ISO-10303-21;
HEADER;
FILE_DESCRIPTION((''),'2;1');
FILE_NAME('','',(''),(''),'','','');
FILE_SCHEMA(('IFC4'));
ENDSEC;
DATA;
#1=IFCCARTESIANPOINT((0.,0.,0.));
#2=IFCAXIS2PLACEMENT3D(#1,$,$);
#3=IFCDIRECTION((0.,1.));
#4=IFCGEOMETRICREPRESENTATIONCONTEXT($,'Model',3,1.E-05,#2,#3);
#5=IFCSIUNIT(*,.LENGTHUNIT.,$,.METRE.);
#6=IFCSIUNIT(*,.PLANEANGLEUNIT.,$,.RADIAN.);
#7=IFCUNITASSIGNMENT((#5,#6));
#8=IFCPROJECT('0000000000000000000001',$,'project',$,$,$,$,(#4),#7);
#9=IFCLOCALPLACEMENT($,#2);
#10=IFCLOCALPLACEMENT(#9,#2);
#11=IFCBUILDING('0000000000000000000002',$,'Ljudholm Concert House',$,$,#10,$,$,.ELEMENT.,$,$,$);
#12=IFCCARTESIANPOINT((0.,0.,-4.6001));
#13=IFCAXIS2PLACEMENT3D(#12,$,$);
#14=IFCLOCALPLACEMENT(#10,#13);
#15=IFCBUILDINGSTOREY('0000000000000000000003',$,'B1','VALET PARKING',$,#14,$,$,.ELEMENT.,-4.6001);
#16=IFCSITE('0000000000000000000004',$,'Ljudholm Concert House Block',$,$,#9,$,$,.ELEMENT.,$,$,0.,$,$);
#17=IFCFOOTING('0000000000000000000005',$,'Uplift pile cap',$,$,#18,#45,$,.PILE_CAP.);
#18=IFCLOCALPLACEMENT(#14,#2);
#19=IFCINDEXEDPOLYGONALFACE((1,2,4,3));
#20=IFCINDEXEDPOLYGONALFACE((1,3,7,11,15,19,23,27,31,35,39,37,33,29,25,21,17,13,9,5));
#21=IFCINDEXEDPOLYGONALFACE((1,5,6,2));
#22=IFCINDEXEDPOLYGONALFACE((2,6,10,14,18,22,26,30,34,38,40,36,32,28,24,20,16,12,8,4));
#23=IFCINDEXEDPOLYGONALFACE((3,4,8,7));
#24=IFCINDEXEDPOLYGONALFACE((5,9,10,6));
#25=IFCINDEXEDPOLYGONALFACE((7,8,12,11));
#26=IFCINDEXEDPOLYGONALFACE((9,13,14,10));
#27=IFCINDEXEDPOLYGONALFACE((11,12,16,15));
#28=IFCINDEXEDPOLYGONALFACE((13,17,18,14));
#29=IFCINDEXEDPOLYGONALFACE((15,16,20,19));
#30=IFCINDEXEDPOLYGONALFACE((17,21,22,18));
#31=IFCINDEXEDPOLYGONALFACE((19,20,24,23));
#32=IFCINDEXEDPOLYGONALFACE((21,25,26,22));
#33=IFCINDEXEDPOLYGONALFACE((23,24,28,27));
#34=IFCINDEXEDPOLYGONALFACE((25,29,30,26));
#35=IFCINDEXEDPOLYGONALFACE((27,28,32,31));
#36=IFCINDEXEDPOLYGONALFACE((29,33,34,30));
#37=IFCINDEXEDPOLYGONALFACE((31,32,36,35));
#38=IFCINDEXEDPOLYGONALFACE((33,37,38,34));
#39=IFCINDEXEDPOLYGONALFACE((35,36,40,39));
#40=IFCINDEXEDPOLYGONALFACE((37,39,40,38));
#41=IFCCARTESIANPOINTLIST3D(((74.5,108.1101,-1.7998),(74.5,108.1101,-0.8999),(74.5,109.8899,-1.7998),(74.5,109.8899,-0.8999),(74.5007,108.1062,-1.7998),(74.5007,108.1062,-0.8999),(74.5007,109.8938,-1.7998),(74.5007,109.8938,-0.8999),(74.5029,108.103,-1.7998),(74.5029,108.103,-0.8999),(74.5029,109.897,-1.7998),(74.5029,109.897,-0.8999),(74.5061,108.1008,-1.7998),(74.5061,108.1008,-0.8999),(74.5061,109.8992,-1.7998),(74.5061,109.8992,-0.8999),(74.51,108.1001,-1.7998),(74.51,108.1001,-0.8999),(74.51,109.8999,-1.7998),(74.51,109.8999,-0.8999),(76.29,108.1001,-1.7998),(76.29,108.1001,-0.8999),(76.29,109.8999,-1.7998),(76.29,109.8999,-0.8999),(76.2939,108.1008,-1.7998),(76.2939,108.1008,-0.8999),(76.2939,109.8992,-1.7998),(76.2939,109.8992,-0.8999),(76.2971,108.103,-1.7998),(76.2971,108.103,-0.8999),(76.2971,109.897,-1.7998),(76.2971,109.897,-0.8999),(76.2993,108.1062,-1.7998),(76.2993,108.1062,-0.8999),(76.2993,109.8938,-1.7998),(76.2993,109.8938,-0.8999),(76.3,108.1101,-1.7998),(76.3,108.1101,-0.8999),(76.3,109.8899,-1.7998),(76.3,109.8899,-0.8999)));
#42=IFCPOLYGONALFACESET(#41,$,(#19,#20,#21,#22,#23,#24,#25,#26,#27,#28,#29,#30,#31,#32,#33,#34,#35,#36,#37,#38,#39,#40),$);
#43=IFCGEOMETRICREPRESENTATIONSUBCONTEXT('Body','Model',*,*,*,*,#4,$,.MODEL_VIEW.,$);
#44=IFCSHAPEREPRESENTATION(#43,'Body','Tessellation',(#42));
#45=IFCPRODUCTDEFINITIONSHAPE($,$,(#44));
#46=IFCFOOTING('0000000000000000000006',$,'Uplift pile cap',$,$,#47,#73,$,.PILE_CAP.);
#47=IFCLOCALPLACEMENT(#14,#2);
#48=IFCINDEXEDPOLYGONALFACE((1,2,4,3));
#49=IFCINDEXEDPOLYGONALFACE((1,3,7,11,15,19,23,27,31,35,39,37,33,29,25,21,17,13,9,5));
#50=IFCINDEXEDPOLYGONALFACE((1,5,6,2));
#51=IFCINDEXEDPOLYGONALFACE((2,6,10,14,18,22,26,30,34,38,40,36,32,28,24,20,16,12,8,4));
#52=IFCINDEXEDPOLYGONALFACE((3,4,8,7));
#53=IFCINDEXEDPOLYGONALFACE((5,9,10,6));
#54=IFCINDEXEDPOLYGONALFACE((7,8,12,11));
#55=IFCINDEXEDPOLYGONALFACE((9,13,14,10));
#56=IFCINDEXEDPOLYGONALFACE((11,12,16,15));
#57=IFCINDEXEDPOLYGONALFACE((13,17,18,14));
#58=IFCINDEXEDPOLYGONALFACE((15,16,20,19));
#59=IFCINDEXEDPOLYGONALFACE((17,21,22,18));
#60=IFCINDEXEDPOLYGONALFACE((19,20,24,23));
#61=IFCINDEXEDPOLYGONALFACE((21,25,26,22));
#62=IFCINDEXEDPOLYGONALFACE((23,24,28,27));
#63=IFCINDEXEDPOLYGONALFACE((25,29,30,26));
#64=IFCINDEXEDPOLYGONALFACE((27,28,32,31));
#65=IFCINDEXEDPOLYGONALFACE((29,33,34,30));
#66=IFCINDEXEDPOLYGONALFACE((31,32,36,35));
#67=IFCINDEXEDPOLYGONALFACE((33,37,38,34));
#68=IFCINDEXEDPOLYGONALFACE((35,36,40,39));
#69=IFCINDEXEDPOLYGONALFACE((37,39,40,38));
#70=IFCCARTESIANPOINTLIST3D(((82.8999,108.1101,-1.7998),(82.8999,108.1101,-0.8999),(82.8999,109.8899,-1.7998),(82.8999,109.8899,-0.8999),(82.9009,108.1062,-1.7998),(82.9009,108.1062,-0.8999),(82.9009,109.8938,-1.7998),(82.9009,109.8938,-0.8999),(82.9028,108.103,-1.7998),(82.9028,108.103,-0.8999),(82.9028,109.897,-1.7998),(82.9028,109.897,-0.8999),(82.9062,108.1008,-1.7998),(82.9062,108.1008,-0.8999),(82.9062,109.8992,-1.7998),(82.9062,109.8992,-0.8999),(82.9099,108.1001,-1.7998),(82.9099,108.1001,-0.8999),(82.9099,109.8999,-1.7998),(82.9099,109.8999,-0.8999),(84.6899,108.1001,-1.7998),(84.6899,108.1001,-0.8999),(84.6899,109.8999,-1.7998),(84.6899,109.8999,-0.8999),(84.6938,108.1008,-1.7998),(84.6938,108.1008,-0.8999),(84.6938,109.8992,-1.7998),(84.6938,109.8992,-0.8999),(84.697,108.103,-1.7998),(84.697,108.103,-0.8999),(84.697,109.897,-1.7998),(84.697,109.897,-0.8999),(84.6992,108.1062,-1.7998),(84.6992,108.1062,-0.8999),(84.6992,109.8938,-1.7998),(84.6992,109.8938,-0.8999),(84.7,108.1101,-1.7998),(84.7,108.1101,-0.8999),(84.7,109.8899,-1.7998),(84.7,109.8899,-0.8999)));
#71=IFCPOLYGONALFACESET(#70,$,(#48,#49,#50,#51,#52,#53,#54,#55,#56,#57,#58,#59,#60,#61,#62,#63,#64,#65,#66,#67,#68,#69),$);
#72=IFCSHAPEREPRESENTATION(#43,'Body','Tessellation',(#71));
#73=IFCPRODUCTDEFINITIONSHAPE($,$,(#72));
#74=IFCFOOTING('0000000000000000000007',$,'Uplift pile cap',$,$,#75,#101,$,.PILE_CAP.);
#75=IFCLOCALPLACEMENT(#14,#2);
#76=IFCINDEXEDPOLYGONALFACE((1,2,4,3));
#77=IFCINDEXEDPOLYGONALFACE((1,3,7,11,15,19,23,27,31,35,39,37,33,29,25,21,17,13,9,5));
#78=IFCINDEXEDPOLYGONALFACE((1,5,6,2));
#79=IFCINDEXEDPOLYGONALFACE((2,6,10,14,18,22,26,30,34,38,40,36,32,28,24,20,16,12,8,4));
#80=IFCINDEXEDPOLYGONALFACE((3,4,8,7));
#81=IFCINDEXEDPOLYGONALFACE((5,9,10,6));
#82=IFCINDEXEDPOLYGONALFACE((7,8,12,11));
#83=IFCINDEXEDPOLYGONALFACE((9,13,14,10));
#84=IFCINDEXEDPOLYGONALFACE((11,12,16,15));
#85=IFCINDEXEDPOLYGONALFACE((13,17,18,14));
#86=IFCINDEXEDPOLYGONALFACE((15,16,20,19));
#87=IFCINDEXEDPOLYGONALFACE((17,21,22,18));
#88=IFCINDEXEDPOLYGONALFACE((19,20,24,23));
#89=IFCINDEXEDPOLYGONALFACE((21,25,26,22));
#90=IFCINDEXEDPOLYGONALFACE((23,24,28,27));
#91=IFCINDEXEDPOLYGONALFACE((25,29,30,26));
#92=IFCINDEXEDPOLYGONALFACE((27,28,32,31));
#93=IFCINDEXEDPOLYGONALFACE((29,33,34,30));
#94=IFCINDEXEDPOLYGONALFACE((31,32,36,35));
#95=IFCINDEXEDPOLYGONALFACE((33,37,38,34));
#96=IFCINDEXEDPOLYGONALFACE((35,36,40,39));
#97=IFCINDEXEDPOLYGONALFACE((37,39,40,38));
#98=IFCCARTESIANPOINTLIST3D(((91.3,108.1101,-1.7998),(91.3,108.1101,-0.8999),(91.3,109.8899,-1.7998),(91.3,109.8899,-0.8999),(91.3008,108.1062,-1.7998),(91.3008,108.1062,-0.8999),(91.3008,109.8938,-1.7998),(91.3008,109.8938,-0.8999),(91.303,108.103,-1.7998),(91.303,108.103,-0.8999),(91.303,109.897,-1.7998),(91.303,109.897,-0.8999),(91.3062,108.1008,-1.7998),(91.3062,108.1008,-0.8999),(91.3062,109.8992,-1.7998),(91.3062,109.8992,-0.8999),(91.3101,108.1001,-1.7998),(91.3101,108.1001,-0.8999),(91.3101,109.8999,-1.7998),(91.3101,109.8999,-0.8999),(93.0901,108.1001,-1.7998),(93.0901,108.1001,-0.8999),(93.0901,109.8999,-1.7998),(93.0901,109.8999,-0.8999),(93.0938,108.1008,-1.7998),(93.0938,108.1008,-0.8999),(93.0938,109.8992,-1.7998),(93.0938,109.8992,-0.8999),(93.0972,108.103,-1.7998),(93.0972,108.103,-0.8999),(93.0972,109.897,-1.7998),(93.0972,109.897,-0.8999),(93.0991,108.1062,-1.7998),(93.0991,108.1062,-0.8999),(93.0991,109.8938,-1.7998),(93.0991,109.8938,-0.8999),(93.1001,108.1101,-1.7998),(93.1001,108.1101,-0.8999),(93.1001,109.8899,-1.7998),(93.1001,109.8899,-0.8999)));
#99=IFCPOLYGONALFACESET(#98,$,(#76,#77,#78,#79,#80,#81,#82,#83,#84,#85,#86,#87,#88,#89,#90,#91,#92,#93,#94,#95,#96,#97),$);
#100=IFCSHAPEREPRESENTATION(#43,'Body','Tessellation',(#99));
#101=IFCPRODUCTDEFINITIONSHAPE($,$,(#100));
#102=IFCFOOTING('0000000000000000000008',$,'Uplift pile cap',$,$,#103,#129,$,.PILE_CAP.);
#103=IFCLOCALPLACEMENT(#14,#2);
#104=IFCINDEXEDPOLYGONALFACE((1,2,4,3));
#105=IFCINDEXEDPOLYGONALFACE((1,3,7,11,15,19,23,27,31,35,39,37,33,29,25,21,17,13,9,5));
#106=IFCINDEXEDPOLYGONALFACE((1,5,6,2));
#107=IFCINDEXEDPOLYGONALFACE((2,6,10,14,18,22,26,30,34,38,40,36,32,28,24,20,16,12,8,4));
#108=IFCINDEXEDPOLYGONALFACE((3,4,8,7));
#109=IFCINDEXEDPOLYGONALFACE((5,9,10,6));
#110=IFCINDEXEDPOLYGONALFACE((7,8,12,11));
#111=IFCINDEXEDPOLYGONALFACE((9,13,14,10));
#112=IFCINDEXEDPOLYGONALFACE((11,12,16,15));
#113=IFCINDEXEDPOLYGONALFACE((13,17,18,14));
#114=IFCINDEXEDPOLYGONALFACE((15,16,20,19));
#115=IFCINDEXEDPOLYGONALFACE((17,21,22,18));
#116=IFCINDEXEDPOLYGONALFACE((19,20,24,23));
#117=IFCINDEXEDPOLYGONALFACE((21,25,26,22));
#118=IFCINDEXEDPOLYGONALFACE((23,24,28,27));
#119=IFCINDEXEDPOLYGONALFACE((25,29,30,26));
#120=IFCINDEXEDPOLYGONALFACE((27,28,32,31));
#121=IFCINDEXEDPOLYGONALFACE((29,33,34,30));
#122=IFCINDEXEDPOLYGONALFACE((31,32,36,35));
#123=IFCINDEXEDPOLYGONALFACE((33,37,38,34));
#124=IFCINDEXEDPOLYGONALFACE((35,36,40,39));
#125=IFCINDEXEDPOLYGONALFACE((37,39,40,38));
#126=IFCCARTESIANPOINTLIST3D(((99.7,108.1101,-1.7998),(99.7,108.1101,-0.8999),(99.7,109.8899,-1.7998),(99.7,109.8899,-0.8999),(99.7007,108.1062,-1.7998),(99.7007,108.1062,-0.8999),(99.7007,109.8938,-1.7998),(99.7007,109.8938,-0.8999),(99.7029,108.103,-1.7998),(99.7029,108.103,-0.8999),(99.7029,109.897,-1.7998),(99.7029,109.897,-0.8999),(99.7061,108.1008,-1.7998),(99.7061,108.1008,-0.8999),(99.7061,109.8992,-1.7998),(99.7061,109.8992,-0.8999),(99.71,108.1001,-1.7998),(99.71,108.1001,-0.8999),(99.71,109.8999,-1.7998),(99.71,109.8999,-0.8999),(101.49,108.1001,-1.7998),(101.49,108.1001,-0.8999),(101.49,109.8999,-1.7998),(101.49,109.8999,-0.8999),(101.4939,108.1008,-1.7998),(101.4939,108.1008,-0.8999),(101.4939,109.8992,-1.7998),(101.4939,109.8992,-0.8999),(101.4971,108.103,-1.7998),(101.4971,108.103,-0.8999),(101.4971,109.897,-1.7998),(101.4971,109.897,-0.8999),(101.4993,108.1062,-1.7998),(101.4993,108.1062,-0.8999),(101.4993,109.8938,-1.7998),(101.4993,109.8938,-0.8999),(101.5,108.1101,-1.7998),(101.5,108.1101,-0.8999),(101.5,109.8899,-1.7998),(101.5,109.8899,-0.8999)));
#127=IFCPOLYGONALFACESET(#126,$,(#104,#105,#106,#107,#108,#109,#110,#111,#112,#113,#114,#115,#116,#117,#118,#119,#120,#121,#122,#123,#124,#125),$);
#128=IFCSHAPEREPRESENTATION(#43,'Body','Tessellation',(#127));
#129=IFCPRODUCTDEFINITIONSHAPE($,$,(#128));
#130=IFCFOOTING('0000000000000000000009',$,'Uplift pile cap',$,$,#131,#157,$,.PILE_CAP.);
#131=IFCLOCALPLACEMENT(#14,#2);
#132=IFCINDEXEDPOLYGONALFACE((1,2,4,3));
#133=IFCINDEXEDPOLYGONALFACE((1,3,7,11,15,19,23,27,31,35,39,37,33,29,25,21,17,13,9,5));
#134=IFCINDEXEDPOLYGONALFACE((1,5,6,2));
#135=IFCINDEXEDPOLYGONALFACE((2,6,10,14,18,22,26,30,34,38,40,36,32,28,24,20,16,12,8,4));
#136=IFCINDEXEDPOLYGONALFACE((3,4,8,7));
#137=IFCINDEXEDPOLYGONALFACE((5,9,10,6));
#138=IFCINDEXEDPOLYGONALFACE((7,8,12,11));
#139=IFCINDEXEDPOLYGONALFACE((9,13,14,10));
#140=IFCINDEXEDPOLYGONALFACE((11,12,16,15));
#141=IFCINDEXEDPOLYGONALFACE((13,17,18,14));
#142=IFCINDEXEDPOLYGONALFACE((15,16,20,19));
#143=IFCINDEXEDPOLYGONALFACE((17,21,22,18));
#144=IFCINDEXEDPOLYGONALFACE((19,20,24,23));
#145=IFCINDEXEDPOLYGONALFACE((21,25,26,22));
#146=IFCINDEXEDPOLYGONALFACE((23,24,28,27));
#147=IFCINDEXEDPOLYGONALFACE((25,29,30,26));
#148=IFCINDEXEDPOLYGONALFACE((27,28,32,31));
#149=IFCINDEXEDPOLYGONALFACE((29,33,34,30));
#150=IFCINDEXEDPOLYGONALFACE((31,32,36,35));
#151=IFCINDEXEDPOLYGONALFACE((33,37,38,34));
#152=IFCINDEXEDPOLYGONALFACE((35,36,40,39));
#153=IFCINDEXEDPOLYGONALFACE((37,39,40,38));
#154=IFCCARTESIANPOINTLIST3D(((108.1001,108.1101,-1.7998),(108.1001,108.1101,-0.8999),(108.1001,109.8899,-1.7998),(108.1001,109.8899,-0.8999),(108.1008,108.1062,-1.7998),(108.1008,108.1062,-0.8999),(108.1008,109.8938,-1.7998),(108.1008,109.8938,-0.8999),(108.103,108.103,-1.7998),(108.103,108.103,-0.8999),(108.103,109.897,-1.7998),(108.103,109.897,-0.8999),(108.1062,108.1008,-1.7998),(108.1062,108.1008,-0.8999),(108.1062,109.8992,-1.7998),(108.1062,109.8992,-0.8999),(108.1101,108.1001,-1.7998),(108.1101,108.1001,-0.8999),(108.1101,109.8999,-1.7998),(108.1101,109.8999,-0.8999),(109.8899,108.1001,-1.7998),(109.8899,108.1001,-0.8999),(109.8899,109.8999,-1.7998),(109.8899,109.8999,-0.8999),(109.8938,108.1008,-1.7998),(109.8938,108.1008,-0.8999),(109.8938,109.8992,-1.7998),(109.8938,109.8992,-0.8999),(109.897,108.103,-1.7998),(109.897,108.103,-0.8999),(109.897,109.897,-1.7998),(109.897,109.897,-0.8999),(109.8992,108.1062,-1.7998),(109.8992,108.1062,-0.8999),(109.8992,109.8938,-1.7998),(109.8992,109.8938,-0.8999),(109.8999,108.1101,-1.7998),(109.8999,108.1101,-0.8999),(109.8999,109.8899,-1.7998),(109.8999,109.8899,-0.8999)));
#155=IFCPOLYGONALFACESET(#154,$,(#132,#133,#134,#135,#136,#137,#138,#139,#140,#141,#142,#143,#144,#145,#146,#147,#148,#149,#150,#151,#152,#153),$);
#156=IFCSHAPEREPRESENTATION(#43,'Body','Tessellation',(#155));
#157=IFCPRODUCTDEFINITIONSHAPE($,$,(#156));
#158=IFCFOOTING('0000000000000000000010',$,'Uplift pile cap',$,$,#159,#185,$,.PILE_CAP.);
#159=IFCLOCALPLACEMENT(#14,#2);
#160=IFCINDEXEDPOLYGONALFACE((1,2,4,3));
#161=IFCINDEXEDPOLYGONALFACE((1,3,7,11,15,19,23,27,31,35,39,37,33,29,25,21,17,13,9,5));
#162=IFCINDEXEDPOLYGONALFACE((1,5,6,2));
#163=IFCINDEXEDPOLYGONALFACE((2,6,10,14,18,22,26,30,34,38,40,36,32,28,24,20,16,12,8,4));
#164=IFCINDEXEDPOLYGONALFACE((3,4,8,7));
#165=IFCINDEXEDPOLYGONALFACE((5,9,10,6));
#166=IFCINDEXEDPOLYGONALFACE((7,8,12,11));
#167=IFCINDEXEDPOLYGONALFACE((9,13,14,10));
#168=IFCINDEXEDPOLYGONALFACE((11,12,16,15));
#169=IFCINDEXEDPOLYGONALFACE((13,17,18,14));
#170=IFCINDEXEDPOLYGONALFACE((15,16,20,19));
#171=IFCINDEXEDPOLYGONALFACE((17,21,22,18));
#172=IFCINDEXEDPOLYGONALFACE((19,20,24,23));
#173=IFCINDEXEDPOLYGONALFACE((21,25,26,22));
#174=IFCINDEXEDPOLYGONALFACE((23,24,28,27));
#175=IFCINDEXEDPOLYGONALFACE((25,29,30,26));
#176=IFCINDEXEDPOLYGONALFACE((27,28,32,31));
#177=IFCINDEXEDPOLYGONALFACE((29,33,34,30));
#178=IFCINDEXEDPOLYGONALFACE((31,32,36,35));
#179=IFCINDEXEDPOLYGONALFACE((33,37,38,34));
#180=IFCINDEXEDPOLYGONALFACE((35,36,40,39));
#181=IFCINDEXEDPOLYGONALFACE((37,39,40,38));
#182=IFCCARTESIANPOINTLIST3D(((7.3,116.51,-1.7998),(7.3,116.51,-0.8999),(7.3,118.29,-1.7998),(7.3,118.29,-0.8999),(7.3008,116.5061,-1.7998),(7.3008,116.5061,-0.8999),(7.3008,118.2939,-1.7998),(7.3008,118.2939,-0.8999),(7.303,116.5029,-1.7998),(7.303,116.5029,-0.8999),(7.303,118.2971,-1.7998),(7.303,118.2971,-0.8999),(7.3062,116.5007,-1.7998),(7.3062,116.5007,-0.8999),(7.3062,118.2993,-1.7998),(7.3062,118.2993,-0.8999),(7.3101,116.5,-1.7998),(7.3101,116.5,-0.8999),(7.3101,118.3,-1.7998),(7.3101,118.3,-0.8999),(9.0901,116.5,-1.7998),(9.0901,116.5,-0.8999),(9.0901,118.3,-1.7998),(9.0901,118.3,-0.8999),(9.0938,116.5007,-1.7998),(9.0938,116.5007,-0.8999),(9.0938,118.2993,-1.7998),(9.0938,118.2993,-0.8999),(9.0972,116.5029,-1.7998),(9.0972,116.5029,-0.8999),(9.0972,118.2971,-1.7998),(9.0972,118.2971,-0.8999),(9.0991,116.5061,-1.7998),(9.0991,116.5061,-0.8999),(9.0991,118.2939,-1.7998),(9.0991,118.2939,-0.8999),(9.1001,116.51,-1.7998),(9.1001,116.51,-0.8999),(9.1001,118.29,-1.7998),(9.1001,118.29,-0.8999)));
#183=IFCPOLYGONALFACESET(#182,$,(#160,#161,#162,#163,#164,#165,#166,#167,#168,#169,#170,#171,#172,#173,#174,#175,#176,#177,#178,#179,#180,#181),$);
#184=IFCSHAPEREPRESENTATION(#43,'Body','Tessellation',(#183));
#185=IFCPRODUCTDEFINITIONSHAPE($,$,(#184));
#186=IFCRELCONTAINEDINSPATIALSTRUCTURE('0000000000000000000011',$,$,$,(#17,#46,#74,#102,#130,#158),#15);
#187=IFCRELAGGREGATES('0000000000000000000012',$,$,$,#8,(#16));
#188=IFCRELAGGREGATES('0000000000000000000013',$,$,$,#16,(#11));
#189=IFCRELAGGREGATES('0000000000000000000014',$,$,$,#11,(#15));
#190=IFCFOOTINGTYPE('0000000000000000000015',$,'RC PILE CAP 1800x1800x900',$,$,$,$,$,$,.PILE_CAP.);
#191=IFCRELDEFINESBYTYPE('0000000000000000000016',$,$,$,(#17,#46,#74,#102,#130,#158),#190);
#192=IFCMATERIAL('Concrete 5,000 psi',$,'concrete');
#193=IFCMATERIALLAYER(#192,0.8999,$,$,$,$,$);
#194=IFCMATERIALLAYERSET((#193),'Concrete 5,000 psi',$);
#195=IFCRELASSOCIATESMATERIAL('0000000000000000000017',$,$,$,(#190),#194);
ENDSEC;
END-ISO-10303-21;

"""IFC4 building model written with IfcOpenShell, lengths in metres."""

from ifc_helpers import new_model, si_unit, direction, frame, origin, place, context, subcontext, project, spatial, polyline, outline, extrude, material, layer, layer_set, type_object, element, save


model = new_model("IFC4")

# Units and contexts
model_context = context("Model", 3, precision=1e-05, world=origin(), true_north=direction((0.0, 1.0)))
body_context = subcontext(model_context, "Body", "Model", "MODEL_VIEW")
ifc_project = project(units=[si_unit("LENGTHUNIT", "METRE"), si_unit("PLANEANGLEUNIT", "RADIAN")], contexts=[model_context])

# Site, building, storey
site_placement = place(None, origin())
site = spatial("IfcSite", under=ifc_project, at=site_placement, Name="Ljudholm Concert House Block", CompositionType="ELEMENT", RefElevation=0.0)
building_placement = place(site_placement, origin())
building = spatial("IfcBuilding", under=site, at=building_placement, Name="Ljudholm Concert House", CompositionType="ELEMENT")
storey_placement = place(building_placement, frame((0.0, 0.0, -4.6001)))
storey = spatial("IfcBuildingStorey", under=building, at=storey_placement, Name="B1", Description="VALET PARKING", CompositionType="ELEMENT", Elevation=-4.6001)

# Footings
ifc_material = material(Name="Concrete 5,000 psi", Category="concrete")
ifc_layer = layer(ifc_material, 0.8999)
ifc_layer_set = layer_set([ifc_layer], Name="Concrete 5,000 psi")
footing_type = type_object("IfcFootingType", Name="RC PILE CAP 1800x1800x900", PredefinedType="PILE_CAP", material=ifc_layer_set)
footing_1_placement = place(storey_placement, frame((0.0, 0.0, -1.7998)))
element("IfcFooting", 1, at=footing_1_placement, inside=storey, type_object=footing_type, Name="Uplift pile cap", PredefinedType="PILE_CAP", context=body_context, shape_type="SweptSolid", body=[
    extrude(outline(polyline([(74.51, 108.1001), (76.29, 108.1001), (76.2939, 108.1008), (76.2971, 108.103), (76.2993, 108.1062), (76.3, 108.1101), (76.3, 109.8899), (76.2993, 109.8938), (76.2971, 109.897), (76.2939, 109.8992), (76.29, 109.8999), (74.51, 109.8999), (74.5061, 109.8992), (74.5029, 109.897), (74.5007, 109.8938), (74.5, 109.8899), (74.5, 108.1101), (74.5007, 108.1062), (74.5029, 108.103), (74.5061, 108.1008), (74.51, 108.1001)])), origin(), (0.0, 0.0, 1.0), 0.8999),
])
footing_2_placement = place(storey_placement, frame((0.0, 0.0, -1.7998)))
element("IfcFooting", 2, at=footing_2_placement, inside=storey, type_object=footing_type, Name="Uplift pile cap", PredefinedType="PILE_CAP", context=body_context, shape_type="SweptSolid", body=[
    extrude(outline(polyline([(82.9099, 108.1001), (84.6899, 108.1001), (84.6938, 108.1008), (84.697, 108.103), (84.6992, 108.1062), (84.7, 108.1101), (84.7, 109.8899), (84.6992, 109.8938), (84.697, 109.897), (84.6938, 109.8992), (84.6899, 109.8999), (82.9099, 109.8999), (82.9062, 109.8992), (82.9028, 109.897), (82.9009, 109.8938), (82.8999, 109.8899), (82.8999, 108.1101), (82.9009, 108.1062), (82.9028, 108.103), (82.9062, 108.1008), (82.9099, 108.1001)])), origin(), (0.0, 0.0, 1.0), 0.8999),
])
footing_3_placement = place(storey_placement, frame((0.0, 0.0, -1.7998)))
element("IfcFooting", 3, at=footing_3_placement, inside=storey, type_object=footing_type, Name="Uplift pile cap", PredefinedType="PILE_CAP", context=body_context, shape_type="SweptSolid", body=[
    extrude(outline(polyline([(91.3101, 108.1001), (93.0901, 108.1001), (93.0938, 108.1008), (93.0972, 108.103), (93.0991, 108.1062), (93.1001, 108.1101), (93.1001, 109.8899), (93.0991, 109.8938), (93.0972, 109.897), (93.0938, 109.8992), (93.0901, 109.8999), (91.3101, 109.8999), (91.3062, 109.8992), (91.303, 109.897), (91.3008, 109.8938), (91.3, 109.8899), (91.3, 108.1101), (91.3008, 108.1062), (91.303, 108.103), (91.3062, 108.1008), (91.3101, 108.1001)])), origin(), (0.0, 0.0, 1.0), 0.8999),
])
footing_4_placement = place(storey_placement, frame((0.0, 0.0, -1.7998)))
element("IfcFooting", 4, at=footing_4_placement, inside=storey, type_object=footing_type, Name="Uplift pile cap", PredefinedType="PILE_CAP", context=body_context, shape_type="SweptSolid", body=[
    extrude(outline(polyline([(99.71, 108.1001), (101.49, 108.1001), (101.4939, 108.1008), (101.4971, 108.103), (101.4993, 108.1062), (101.5, 108.1101), (101.5, 109.8899), (101.4993, 109.8938), (101.4971, 109.897), (101.4939, 109.8992), (101.49, 109.8999), (99.71, 109.8999), (99.7061, 109.8992), (99.7029, 109.897), (99.7007, 109.8938), (99.7, 109.8899), (99.7, 108.1101), (99.7007, 108.1062), (99.7029, 108.103), (99.7061, 108.1008), (99.71, 108.1001)])), origin(), (0.0, 0.0, 1.0), 0.8999),
])
footing_5_placement = place(storey_placement, frame((0.0, 0.0, -1.7998)))
element("IfcFooting", 5, at=footing_5_placement, inside=storey, type_object=footing_type, Name="Uplift pile cap", PredefinedType="PILE_CAP", context=body_context, shape_type="SweptSolid", body=[
    extrude(outline(polyline([(108.1101, 108.1001), (109.8899, 108.1001), (109.8938, 108.1008), (109.897, 108.103), (109.8992, 108.1062), (109.8999, 108.1101), (109.8999, 109.8899), (109.8992, 109.8938), (109.897, 109.897), (109.8938, 109.8992), (109.8899, 109.8999), (108.1101, 109.8999), (108.1062, 109.8992), (108.103, 109.897), (108.1008, 109.8938), (108.1001, 109.8899), (108.1001, 108.1101), (108.1008, 108.1062), (108.103, 108.103), (108.1062, 108.1008), (108.1101, 108.1001)])), origin(), (0.0, 0.0, 1.0), 0.8999),
])
footing_6_placement = place(storey_placement, frame((0.0, 0.0, -1.7998)))
element("IfcFooting", 6, at=footing_6_placement, inside=storey, type_object=footing_type, Name="Uplift pile cap", PredefinedType="PILE_CAP", context=body_context, shape_type="SweptSolid", body=[
    extrude(outline(polyline([(7.3101, 116.5), (9.0901, 116.5), (9.0938, 116.5007), (9.0972, 116.5029), (9.0991, 116.5061), (9.1001, 116.51), (9.1001, 118.29), (9.0991, 118.2939), (9.0972, 118.2971), (9.0938, 118.2993), (9.0901, 118.3), (7.3101, 118.3), (7.3062, 118.2993), (7.303, 118.2971), (7.3008, 118.2939), (7.3, 118.29), (7.3, 116.51), (7.3008, 116.5061), (7.303, 116.5029), (7.3062, 116.5007), (7.3101, 116.5)])), origin(), (0.0, 0.0, 1.0), 0.8999),
])

save(model, "model.ifc")
